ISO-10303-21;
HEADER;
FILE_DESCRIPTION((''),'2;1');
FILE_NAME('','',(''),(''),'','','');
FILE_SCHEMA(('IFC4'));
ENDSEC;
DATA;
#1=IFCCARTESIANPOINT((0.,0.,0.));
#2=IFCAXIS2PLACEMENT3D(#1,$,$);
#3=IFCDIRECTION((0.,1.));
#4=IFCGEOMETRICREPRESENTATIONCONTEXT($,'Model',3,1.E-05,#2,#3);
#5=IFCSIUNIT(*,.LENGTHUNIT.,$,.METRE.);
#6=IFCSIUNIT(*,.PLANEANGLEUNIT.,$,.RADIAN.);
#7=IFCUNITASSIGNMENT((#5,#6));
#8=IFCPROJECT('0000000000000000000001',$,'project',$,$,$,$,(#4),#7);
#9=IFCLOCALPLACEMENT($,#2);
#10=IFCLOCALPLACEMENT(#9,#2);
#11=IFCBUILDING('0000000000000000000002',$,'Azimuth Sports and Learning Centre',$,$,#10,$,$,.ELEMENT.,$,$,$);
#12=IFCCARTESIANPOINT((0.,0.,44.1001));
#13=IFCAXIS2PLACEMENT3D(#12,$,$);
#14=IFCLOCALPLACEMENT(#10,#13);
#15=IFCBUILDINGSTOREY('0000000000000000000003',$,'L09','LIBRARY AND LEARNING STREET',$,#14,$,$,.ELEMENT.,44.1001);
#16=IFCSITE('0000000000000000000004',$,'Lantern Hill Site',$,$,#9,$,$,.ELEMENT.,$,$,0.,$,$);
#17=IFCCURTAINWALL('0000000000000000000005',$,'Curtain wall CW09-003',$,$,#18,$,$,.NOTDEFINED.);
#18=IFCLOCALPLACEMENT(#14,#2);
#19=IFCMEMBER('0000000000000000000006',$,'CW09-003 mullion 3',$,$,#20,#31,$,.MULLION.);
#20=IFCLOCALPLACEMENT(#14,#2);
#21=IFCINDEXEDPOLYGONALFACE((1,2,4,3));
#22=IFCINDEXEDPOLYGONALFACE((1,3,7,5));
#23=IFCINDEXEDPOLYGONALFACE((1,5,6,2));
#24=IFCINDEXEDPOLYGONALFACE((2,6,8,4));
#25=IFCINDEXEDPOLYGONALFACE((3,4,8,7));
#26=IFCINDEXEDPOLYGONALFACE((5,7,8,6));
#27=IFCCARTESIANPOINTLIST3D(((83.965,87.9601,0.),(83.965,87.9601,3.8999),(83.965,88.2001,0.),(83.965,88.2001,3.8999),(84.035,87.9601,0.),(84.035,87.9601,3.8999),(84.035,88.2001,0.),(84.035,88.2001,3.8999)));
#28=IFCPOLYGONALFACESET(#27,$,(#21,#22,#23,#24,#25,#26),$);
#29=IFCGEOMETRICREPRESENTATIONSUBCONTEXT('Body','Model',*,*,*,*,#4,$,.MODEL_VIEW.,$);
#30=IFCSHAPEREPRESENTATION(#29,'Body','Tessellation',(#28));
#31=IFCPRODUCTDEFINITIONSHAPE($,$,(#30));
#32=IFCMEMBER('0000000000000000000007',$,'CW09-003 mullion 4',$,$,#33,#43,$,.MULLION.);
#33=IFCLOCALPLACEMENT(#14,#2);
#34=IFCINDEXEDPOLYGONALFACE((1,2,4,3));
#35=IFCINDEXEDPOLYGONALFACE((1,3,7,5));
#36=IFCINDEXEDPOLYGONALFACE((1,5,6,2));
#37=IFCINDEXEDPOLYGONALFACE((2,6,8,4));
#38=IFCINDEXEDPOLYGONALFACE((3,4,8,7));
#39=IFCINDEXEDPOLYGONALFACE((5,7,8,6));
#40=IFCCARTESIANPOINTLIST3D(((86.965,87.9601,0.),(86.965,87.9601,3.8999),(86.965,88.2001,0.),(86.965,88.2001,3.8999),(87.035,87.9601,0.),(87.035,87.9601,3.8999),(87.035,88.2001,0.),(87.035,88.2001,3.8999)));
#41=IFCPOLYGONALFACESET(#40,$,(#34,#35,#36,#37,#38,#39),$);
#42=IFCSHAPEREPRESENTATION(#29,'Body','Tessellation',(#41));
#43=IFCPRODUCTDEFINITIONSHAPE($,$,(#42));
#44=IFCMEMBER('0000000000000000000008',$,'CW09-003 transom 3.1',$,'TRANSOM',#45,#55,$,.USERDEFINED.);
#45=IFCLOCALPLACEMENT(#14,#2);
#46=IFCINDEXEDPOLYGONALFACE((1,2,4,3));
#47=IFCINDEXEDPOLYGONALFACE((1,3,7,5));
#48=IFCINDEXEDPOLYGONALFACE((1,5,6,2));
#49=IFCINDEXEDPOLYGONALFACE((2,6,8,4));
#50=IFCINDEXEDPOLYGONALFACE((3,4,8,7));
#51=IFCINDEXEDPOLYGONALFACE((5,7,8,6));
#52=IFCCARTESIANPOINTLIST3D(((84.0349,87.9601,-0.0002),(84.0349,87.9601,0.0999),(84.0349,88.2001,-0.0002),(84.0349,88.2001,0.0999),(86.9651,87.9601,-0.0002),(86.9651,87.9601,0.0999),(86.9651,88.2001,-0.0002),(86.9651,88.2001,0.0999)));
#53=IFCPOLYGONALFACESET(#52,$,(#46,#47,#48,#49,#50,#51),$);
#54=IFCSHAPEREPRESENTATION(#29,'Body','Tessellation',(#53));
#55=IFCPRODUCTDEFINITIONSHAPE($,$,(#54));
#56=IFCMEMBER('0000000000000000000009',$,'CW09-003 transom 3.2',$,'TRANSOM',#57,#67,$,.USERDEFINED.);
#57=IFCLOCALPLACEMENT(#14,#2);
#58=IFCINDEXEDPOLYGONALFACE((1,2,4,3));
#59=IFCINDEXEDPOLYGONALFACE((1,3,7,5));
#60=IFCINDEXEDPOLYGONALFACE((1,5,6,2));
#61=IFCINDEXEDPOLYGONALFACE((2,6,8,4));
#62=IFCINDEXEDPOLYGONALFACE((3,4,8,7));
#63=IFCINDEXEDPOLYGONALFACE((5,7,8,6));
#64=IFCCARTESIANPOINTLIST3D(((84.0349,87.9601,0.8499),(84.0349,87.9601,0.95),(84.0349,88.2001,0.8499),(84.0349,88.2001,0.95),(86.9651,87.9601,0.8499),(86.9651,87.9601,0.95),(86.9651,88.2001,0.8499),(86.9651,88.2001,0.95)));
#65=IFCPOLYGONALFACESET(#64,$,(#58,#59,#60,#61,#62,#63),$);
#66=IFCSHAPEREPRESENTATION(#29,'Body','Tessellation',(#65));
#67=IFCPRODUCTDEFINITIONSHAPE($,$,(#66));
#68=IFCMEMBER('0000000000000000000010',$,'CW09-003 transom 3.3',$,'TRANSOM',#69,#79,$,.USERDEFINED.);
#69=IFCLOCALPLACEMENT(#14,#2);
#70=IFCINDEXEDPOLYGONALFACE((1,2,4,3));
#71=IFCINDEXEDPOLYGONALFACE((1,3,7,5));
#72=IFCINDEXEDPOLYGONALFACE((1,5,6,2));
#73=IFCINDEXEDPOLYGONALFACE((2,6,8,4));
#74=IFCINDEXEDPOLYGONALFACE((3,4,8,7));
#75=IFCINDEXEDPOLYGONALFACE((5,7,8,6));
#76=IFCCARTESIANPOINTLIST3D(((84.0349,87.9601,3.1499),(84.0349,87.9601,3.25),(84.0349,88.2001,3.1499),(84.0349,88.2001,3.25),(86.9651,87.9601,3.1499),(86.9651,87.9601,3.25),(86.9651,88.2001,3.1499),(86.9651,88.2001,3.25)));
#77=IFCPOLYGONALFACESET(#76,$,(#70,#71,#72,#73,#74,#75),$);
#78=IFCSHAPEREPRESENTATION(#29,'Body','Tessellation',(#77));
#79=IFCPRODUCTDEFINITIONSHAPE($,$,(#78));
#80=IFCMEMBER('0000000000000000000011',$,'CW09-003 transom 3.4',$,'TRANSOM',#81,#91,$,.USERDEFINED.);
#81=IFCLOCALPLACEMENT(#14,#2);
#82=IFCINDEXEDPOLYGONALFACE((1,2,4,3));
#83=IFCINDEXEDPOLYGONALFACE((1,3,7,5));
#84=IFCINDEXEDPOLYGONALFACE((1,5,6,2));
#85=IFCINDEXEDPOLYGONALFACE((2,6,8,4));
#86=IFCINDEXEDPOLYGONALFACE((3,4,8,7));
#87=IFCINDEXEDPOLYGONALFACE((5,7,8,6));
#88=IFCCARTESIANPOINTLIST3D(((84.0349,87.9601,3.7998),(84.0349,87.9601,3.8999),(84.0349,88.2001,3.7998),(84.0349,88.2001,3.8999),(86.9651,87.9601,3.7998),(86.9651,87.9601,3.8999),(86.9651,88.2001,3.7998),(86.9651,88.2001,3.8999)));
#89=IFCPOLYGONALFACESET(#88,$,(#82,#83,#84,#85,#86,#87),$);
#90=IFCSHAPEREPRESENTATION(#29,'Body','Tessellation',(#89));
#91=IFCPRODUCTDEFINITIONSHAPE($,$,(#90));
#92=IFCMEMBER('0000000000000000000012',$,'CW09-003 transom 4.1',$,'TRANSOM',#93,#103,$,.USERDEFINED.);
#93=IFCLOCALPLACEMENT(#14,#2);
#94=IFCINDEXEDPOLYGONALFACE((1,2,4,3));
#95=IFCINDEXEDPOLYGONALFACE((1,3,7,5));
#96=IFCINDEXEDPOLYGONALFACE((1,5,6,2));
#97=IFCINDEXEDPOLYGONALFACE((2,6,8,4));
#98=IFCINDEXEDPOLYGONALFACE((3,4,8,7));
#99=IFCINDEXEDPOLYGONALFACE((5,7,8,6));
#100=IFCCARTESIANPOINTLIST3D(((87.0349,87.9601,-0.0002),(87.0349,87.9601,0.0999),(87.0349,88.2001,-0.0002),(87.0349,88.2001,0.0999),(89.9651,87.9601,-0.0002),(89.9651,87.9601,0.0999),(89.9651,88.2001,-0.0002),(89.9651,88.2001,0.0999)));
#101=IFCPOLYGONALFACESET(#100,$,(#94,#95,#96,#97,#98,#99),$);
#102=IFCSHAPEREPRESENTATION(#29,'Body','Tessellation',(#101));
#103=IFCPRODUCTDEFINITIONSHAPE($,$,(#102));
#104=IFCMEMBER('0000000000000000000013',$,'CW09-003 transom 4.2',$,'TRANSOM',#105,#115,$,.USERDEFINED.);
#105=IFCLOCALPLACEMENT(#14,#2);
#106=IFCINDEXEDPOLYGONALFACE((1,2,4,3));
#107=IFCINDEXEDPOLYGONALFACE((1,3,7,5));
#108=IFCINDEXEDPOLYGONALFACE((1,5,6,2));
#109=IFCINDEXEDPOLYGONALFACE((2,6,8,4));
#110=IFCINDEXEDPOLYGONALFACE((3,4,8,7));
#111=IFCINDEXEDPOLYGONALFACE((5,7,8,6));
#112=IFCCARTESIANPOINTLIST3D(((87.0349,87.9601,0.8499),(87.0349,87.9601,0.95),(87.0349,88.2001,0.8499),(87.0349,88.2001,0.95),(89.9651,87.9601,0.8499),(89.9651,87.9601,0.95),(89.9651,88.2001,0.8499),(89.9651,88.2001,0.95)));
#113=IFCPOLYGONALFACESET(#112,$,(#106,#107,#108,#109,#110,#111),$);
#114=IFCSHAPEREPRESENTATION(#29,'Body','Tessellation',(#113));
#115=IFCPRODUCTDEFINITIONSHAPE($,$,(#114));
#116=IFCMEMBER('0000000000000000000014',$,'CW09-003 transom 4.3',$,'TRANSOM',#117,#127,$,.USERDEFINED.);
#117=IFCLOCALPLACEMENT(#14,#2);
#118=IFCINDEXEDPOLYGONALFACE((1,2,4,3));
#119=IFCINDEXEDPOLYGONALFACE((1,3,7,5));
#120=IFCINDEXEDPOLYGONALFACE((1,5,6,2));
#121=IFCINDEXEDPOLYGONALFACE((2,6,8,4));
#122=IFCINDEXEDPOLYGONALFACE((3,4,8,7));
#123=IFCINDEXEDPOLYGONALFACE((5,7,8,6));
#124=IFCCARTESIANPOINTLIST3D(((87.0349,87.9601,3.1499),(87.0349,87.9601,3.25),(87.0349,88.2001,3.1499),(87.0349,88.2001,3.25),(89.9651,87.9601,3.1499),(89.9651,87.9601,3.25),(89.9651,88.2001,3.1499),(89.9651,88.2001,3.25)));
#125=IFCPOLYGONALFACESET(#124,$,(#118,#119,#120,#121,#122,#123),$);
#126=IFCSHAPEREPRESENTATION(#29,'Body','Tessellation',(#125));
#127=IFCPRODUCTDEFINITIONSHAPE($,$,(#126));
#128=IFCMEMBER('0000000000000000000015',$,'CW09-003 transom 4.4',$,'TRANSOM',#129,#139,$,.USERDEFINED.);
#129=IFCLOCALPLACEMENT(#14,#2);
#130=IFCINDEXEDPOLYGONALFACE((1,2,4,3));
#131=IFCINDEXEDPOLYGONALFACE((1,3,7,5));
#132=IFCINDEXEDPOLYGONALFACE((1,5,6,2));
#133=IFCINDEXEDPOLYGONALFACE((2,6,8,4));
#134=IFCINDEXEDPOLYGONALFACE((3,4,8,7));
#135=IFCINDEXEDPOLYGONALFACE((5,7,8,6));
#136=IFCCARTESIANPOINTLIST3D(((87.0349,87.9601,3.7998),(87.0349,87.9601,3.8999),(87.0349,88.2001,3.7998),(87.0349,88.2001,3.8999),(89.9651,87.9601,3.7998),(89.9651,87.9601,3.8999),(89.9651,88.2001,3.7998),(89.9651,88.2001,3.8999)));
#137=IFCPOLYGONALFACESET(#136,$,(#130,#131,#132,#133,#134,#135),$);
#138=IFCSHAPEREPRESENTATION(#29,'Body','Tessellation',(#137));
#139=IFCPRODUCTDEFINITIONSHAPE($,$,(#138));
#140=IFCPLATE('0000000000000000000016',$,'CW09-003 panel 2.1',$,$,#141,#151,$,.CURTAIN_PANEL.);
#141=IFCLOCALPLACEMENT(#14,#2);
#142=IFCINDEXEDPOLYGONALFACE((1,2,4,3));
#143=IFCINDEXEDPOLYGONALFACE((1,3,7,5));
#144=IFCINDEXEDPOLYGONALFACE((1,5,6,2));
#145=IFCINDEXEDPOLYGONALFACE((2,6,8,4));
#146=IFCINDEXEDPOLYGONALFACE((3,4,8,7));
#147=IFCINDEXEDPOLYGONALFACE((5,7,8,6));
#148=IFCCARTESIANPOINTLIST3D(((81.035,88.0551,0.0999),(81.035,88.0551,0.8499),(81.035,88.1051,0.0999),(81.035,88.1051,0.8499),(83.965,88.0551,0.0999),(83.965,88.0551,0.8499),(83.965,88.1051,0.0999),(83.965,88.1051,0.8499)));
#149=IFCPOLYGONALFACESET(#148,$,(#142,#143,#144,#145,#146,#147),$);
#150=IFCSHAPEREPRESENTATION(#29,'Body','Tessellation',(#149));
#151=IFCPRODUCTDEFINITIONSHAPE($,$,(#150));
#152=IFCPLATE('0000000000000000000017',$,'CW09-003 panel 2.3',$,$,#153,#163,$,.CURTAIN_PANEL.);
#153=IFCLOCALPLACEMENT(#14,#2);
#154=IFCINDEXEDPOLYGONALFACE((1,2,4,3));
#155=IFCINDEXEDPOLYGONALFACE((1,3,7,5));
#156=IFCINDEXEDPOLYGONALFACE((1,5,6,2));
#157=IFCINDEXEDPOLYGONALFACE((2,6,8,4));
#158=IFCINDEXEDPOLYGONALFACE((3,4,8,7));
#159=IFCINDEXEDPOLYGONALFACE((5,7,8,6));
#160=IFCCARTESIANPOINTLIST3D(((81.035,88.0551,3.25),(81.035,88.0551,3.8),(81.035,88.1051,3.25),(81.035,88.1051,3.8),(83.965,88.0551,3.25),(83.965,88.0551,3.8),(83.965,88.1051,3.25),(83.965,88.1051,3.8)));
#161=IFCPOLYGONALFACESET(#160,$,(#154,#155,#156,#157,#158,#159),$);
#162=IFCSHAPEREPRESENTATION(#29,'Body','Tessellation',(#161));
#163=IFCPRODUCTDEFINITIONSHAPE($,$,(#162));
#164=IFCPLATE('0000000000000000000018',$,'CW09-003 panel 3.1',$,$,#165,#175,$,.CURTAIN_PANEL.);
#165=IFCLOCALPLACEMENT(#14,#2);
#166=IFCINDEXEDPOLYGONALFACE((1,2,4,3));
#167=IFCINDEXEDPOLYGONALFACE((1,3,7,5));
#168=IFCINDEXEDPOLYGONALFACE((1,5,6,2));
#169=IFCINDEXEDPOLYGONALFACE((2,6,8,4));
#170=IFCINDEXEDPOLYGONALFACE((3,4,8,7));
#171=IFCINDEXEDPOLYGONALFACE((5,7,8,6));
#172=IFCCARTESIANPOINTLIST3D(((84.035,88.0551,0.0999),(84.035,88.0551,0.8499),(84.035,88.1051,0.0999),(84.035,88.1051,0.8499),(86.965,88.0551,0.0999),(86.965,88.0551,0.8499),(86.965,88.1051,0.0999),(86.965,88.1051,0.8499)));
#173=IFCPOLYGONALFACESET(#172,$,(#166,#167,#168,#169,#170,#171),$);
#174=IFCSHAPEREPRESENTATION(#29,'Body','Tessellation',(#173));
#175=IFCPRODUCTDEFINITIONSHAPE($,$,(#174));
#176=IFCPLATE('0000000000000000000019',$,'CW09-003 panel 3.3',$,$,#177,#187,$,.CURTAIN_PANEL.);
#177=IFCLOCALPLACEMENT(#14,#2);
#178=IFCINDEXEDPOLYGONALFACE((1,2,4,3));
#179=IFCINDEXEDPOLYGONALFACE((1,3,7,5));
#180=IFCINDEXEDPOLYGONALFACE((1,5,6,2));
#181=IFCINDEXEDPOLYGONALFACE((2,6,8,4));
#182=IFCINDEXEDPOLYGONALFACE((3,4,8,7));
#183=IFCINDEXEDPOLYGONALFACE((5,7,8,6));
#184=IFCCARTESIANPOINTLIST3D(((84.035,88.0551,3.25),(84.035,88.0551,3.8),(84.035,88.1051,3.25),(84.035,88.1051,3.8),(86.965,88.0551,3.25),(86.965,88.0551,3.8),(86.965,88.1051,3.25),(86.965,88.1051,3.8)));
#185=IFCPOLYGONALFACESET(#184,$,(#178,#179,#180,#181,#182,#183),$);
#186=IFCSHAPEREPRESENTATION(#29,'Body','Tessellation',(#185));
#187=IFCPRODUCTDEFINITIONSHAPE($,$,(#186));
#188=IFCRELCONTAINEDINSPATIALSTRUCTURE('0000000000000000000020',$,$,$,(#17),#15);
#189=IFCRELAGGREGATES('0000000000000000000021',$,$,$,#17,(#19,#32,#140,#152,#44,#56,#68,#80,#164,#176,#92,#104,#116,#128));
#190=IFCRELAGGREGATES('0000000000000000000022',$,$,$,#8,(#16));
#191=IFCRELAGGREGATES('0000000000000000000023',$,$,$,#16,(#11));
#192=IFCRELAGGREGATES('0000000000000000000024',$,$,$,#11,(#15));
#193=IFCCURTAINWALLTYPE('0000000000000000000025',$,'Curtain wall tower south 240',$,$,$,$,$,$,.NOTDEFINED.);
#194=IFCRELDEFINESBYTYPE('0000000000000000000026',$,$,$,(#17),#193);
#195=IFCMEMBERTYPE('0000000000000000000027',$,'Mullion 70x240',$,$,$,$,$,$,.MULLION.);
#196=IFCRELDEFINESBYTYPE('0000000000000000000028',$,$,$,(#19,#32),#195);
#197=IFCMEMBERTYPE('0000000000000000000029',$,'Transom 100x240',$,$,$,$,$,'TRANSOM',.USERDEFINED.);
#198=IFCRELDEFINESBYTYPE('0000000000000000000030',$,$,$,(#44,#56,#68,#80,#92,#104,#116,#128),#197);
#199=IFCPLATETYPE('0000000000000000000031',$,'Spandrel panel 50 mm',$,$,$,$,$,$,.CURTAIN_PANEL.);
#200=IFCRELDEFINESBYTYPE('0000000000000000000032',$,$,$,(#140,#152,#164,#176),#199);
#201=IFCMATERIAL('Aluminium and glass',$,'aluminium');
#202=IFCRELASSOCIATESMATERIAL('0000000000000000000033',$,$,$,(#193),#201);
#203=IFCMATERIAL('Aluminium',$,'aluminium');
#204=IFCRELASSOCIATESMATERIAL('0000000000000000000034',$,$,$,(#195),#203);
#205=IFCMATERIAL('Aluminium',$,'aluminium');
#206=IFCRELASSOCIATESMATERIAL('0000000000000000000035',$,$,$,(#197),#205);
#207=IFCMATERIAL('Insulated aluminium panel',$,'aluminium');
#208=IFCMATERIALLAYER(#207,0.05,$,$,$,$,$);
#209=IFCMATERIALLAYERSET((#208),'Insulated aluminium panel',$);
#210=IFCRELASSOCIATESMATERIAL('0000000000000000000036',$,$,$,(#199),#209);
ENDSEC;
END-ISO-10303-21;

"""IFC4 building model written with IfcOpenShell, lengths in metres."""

from ifc_helpers import new_model, si_unit, direction, frame, origin, origin_2d, place, context, subcontext, project, spatial, rectangle, extrude, material, layer, layer_set, material_profile, profile_set, type_object, element, aggregate, save


model = new_model("IFC4")

# Units and contexts
model_context = context("Model", 3, precision=1e-05, world=origin(), true_north=direction((0.0, 1.0)))
body_context = subcontext(model_context, "Body", "Model", "MODEL_VIEW")
ifc_project = project(units=[si_unit("LENGTHUNIT", "METRE"), si_unit("PLANEANGLEUNIT", "RADIAN")], contexts=[model_context])

# Site, building, storey
site_placement = place(None, origin())
site = spatial("IfcSite", under=ifc_project, at=site_placement, Name="Lantern Hill Site", CompositionType="ELEMENT", RefElevation=0.0)
building_placement = place(site_placement, origin())
building = spatial("IfcBuilding", under=site, at=building_placement, Name="Azimuth Sports and Learning Centre", CompositionType="ELEMENT")
storey_placement = place(building_placement, frame((0.0, 0.0, 44.1001)))
storey = spatial("IfcBuildingStorey", under=building, at=storey_placement, Name="L09", Description="LIBRARY AND LEARNING STREET", CompositionType="ELEMENT", Elevation=44.1001)

# Curtain wall, members, plates
ifc_material_1 = material(Name="Aluminium and glass", Category="aluminium")
curtain_wall_type = type_object("IfcCurtainWallType", Name="Curtain wall tower south 240", PredefinedType="NOTDEFINED", material=ifc_material_1)
curtain_wall_placement = place(storey_placement, origin())
curtain_wall = element("IfcCurtainWall", 1, at=curtain_wall_placement, inside=storey, type_object=curtain_wall_type, Name="Curtain wall CW09-003", PredefinedType="NOTDEFINED")
ifc_material_2 = material(Name="Aluminium", Category="aluminium")
ifc_material_profile_1 = material_profile(ifc_material_2, rectangle(XDim=0.24, YDim=0.0701, at=origin_2d()), Name="Mullion 70x240")
ifc_profile_set_1 = profile_set([ifc_material_profile_1], Name="Aluminium")
member_type_1 = type_object("IfcMemberType", Name="Mullion 70x240", PredefinedType="MULLION", material=ifc_profile_set_1)
member_1_placement = place(storey_placement, frame((84.0, 88.0801, 0.0), z_axis=(0.0, 0.0, 1.0), x_axis=(0.0, 1.0, 0.0)))
member_1 = element("IfcMember", 2, at=member_1_placement, type_object=member_type_1, Name="CW09-003 mullion 3", PredefinedType="MULLION", context=body_context, shape_type="SweptSolid", body=[
    extrude(rectangle(XDim=0.24, YDim=0.0701, at=origin_2d()), origin(), (0.0, 0.0, 1.0), 3.8999),
])
member_2_placement = place(storey_placement, frame((87.0, 88.0801, 0.0), z_axis=(0.0, 0.0, 1.0), x_axis=(0.0, 1.0, 0.0)))
member_2 = element("IfcMember", 3, at=member_2_placement, type_object=member_type_1, Name="CW09-003 mullion 4", PredefinedType="MULLION", context=body_context, shape_type="SweptSolid", body=[
    extrude(rectangle(XDim=0.24, YDim=0.0701, at=origin_2d()), origin(), (0.0, 0.0, 1.0), 3.8999),
])
ifc_material_3 = material(Name="Aluminium", Category="aluminium")
ifc_material_profile_2 = material_profile(ifc_material_3, rectangle(XDim=0.24, YDim=0.1001, at=origin_2d()), Name="Transom 100x240")
ifc_profile_set_2 = profile_set([ifc_material_profile_2], Name="Aluminium")
member_type_2 = type_object("IfcMemberType", Name="Transom 100x240", ElementType="TRANSOM", PredefinedType="USERDEFINED", material=ifc_profile_set_2)
member_3_placement = place(storey_placement, frame((84.0349, 88.0801, 0.0498), z_axis=(1.0, 0.0, 0.0), x_axis=(0.0, 1.0, 0.0)))
member_3 = element("IfcMember", 4, at=member_3_placement, type_object=member_type_2, Name="CW09-003 transom 3.1", ObjectType="TRANSOM", PredefinedType="USERDEFINED", context=body_context, shape_type="SweptSolid", body=[
    extrude(rectangle(XDim=0.24, YDim=0.1001, at=origin_2d()), origin(), (0.0, 0.0, 1.0), 2.9302),
])
member_4_placement = place(storey_placement, frame((84.0349, 88.0801, 0.8999), z_axis=(1.0, 0.0, 0.0), x_axis=(0.0, 1.0, 0.0)))
member_4 = element("IfcMember", 5, at=member_4_placement, type_object=member_type_2, Name="CW09-003 transom 3.2", ObjectType="TRANSOM", PredefinedType="USERDEFINED", context=body_context, shape_type="SweptSolid", body=[
    extrude(rectangle(XDim=0.24, YDim=0.1001, at=origin_2d()), origin(), (0.0, 0.0, 1.0), 2.9302),
])
member_5_placement = place(storey_placement, frame((84.0349, 88.0801, 3.2), z_axis=(1.0, 0.0, 0.0), x_axis=(0.0, 1.0, 0.0)))
member_5 = element("IfcMember", 6, at=member_5_placement, type_object=member_type_2, Name="CW09-003 transom 3.3", ObjectType="TRANSOM", PredefinedType="USERDEFINED", context=body_context, shape_type="SweptSolid", body=[
    extrude(rectangle(XDim=0.24, YDim=0.1001, at=origin_2d()), origin(), (0.0, 0.0, 1.0), 2.9302),
])
member_6_placement = place(storey_placement, frame((84.0349, 88.0801, 3.8499), z_axis=(1.0, 0.0, 0.0), x_axis=(0.0, 1.0, 0.0)))
member_6 = element("IfcMember", 7, at=member_6_placement, type_object=member_type_2, Name="CW09-003 transom 3.4", ObjectType="TRANSOM", PredefinedType="USERDEFINED", context=body_context, shape_type="SweptSolid", body=[
    extrude(rectangle(XDim=0.24, YDim=0.1001, at=origin_2d()), origin(), (0.0, 0.0, 1.0), 2.9302),
])
member_7_placement = place(storey_placement, frame((87.0349, 88.0801, 0.0498), z_axis=(1.0, 0.0, 0.0), x_axis=(0.0, 1.0, 0.0)))
member_7 = element("IfcMember", 8, at=member_7_placement, type_object=member_type_2, Name="CW09-003 transom 4.1", ObjectType="TRANSOM", PredefinedType="USERDEFINED", context=body_context, shape_type="SweptSolid", body=[
    extrude(rectangle(XDim=0.24, YDim=0.1001, at=origin_2d()), origin(), (0.0, 0.0, 1.0), 2.9302),
])
member_8_placement = place(storey_placement, frame((87.0349, 88.0801, 0.8999), z_axis=(1.0, 0.0, 0.0), x_axis=(0.0, 1.0, 0.0)))
member_8 = element("IfcMember", 9, at=member_8_placement, type_object=member_type_2, Name="CW09-003 transom 4.2", ObjectType="TRANSOM", PredefinedType="USERDEFINED", context=body_context, shape_type="SweptSolid", body=[
    extrude(rectangle(XDim=0.24, YDim=0.1001, at=origin_2d()), origin(), (0.0, 0.0, 1.0), 2.9302),
])
member_9_placement = place(storey_placement, frame((87.0349, 88.0801, 3.2), z_axis=(1.0, 0.0, 0.0), x_axis=(0.0, 1.0, 0.0)))
member_9 = element("IfcMember", 10, at=member_9_placement, type_object=member_type_2, Name="CW09-003 transom 4.3", ObjectType="TRANSOM", PredefinedType="USERDEFINED", context=body_context, shape_type="SweptSolid", body=[
    extrude(rectangle(XDim=0.24, YDim=0.1001, at=origin_2d()), origin(), (0.0, 0.0, 1.0), 2.9302),
])
member_10_placement = place(storey_placement, frame((87.0349, 88.0801, 3.8499), z_axis=(1.0, 0.0, 0.0), x_axis=(0.0, 1.0, 0.0)))
member_10 = element("IfcMember", 11, at=member_10_placement, type_object=member_type_2, Name="CW09-003 transom 4.4", ObjectType="TRANSOM", PredefinedType="USERDEFINED", context=body_context, shape_type="SweptSolid", body=[
    extrude(rectangle(XDim=0.24, YDim=0.1001, at=origin_2d()), origin(), (0.0, 0.0, 1.0), 2.9302),
])
ifc_material_4 = material(Name="Insulated aluminium panel", Category="aluminium")
ifc_layer_1 = layer(ifc_material_4, 0.05)
ifc_layer_set_1 = layer_set([ifc_layer_1], Name="Insulated aluminium panel")
plate_type_1 = type_object("IfcPlateType", Name="Spandrel panel 50 mm", PredefinedType="CURTAIN_PANEL", material=ifc_layer_set_1)
plate_1_placement = place(storey_placement, frame((82.5, 88.0801, 0.0999), z_axis=(0.0, 0.0, 1.0), x_axis=(1.0, 0.0, 0.0)))
plate_1 = element("IfcPlate", 12, at=plate_1_placement, type_object=plate_type_1, Name="CW09-003 panel 2.1", PredefinedType="CURTAIN_PANEL", context=body_context, shape_type="SweptSolid", body=[
    extrude(rectangle(XDim=2.9299, YDim=0.05, at=origin_2d()), origin(), (0.0, 0.0, 1.0), 0.75),
])
plate_2_placement = place(storey_placement, frame((82.5, 88.0801, 3.25), z_axis=(0.0, 0.0, 1.0), x_axis=(1.0, 0.0, 0.0)))
plate_2 = element("IfcPlate", 13, at=plate_2_placement, type_object=plate_type_1, Name="CW09-003 panel 2.3", PredefinedType="CURTAIN_PANEL", context=body_context, shape_type="SweptSolid", body=[
    extrude(rectangle(XDim=2.9299, YDim=0.05, at=origin_2d()), origin(), (0.0, 0.0, 1.0), 0.55),
])
plate_3_placement = place(storey_placement, frame((85.5, 88.0801, 0.0999), z_axis=(0.0, 0.0, 1.0), x_axis=(1.0, 0.0, 0.0)))
plate_3 = element("IfcPlate", 14, at=plate_3_placement, type_object=plate_type_1, Name="CW09-003 panel 3.1", PredefinedType="CURTAIN_PANEL", context=body_context, shape_type="SweptSolid", body=[
    extrude(rectangle(XDim=2.9299, YDim=0.05, at=origin_2d()), origin(), (0.0, 0.0, 1.0), 0.75),
])
plate_4_placement = place(storey_placement, frame((85.5, 88.0801, 3.25), z_axis=(0.0, 0.0, 1.0), x_axis=(1.0, 0.0, 0.0)))
plate_4 = element("IfcPlate", 15, at=plate_4_placement, type_object=plate_type_1, Name="CW09-003 panel 3.3", PredefinedType="CURTAIN_PANEL", context=body_context, shape_type="SweptSolid", body=[
    extrude(rectangle(XDim=2.9299, YDim=0.05, at=origin_2d()), origin(), (0.0, 0.0, 1.0), 0.55),
])
aggregate(curtain_wall, [member_1, member_2, plate_1, plate_2, member_3, member_4, member_5, member_6, plate_3, plate_4, member_7, member_8, member_9, member_10])

save(model, "model.ifc")
